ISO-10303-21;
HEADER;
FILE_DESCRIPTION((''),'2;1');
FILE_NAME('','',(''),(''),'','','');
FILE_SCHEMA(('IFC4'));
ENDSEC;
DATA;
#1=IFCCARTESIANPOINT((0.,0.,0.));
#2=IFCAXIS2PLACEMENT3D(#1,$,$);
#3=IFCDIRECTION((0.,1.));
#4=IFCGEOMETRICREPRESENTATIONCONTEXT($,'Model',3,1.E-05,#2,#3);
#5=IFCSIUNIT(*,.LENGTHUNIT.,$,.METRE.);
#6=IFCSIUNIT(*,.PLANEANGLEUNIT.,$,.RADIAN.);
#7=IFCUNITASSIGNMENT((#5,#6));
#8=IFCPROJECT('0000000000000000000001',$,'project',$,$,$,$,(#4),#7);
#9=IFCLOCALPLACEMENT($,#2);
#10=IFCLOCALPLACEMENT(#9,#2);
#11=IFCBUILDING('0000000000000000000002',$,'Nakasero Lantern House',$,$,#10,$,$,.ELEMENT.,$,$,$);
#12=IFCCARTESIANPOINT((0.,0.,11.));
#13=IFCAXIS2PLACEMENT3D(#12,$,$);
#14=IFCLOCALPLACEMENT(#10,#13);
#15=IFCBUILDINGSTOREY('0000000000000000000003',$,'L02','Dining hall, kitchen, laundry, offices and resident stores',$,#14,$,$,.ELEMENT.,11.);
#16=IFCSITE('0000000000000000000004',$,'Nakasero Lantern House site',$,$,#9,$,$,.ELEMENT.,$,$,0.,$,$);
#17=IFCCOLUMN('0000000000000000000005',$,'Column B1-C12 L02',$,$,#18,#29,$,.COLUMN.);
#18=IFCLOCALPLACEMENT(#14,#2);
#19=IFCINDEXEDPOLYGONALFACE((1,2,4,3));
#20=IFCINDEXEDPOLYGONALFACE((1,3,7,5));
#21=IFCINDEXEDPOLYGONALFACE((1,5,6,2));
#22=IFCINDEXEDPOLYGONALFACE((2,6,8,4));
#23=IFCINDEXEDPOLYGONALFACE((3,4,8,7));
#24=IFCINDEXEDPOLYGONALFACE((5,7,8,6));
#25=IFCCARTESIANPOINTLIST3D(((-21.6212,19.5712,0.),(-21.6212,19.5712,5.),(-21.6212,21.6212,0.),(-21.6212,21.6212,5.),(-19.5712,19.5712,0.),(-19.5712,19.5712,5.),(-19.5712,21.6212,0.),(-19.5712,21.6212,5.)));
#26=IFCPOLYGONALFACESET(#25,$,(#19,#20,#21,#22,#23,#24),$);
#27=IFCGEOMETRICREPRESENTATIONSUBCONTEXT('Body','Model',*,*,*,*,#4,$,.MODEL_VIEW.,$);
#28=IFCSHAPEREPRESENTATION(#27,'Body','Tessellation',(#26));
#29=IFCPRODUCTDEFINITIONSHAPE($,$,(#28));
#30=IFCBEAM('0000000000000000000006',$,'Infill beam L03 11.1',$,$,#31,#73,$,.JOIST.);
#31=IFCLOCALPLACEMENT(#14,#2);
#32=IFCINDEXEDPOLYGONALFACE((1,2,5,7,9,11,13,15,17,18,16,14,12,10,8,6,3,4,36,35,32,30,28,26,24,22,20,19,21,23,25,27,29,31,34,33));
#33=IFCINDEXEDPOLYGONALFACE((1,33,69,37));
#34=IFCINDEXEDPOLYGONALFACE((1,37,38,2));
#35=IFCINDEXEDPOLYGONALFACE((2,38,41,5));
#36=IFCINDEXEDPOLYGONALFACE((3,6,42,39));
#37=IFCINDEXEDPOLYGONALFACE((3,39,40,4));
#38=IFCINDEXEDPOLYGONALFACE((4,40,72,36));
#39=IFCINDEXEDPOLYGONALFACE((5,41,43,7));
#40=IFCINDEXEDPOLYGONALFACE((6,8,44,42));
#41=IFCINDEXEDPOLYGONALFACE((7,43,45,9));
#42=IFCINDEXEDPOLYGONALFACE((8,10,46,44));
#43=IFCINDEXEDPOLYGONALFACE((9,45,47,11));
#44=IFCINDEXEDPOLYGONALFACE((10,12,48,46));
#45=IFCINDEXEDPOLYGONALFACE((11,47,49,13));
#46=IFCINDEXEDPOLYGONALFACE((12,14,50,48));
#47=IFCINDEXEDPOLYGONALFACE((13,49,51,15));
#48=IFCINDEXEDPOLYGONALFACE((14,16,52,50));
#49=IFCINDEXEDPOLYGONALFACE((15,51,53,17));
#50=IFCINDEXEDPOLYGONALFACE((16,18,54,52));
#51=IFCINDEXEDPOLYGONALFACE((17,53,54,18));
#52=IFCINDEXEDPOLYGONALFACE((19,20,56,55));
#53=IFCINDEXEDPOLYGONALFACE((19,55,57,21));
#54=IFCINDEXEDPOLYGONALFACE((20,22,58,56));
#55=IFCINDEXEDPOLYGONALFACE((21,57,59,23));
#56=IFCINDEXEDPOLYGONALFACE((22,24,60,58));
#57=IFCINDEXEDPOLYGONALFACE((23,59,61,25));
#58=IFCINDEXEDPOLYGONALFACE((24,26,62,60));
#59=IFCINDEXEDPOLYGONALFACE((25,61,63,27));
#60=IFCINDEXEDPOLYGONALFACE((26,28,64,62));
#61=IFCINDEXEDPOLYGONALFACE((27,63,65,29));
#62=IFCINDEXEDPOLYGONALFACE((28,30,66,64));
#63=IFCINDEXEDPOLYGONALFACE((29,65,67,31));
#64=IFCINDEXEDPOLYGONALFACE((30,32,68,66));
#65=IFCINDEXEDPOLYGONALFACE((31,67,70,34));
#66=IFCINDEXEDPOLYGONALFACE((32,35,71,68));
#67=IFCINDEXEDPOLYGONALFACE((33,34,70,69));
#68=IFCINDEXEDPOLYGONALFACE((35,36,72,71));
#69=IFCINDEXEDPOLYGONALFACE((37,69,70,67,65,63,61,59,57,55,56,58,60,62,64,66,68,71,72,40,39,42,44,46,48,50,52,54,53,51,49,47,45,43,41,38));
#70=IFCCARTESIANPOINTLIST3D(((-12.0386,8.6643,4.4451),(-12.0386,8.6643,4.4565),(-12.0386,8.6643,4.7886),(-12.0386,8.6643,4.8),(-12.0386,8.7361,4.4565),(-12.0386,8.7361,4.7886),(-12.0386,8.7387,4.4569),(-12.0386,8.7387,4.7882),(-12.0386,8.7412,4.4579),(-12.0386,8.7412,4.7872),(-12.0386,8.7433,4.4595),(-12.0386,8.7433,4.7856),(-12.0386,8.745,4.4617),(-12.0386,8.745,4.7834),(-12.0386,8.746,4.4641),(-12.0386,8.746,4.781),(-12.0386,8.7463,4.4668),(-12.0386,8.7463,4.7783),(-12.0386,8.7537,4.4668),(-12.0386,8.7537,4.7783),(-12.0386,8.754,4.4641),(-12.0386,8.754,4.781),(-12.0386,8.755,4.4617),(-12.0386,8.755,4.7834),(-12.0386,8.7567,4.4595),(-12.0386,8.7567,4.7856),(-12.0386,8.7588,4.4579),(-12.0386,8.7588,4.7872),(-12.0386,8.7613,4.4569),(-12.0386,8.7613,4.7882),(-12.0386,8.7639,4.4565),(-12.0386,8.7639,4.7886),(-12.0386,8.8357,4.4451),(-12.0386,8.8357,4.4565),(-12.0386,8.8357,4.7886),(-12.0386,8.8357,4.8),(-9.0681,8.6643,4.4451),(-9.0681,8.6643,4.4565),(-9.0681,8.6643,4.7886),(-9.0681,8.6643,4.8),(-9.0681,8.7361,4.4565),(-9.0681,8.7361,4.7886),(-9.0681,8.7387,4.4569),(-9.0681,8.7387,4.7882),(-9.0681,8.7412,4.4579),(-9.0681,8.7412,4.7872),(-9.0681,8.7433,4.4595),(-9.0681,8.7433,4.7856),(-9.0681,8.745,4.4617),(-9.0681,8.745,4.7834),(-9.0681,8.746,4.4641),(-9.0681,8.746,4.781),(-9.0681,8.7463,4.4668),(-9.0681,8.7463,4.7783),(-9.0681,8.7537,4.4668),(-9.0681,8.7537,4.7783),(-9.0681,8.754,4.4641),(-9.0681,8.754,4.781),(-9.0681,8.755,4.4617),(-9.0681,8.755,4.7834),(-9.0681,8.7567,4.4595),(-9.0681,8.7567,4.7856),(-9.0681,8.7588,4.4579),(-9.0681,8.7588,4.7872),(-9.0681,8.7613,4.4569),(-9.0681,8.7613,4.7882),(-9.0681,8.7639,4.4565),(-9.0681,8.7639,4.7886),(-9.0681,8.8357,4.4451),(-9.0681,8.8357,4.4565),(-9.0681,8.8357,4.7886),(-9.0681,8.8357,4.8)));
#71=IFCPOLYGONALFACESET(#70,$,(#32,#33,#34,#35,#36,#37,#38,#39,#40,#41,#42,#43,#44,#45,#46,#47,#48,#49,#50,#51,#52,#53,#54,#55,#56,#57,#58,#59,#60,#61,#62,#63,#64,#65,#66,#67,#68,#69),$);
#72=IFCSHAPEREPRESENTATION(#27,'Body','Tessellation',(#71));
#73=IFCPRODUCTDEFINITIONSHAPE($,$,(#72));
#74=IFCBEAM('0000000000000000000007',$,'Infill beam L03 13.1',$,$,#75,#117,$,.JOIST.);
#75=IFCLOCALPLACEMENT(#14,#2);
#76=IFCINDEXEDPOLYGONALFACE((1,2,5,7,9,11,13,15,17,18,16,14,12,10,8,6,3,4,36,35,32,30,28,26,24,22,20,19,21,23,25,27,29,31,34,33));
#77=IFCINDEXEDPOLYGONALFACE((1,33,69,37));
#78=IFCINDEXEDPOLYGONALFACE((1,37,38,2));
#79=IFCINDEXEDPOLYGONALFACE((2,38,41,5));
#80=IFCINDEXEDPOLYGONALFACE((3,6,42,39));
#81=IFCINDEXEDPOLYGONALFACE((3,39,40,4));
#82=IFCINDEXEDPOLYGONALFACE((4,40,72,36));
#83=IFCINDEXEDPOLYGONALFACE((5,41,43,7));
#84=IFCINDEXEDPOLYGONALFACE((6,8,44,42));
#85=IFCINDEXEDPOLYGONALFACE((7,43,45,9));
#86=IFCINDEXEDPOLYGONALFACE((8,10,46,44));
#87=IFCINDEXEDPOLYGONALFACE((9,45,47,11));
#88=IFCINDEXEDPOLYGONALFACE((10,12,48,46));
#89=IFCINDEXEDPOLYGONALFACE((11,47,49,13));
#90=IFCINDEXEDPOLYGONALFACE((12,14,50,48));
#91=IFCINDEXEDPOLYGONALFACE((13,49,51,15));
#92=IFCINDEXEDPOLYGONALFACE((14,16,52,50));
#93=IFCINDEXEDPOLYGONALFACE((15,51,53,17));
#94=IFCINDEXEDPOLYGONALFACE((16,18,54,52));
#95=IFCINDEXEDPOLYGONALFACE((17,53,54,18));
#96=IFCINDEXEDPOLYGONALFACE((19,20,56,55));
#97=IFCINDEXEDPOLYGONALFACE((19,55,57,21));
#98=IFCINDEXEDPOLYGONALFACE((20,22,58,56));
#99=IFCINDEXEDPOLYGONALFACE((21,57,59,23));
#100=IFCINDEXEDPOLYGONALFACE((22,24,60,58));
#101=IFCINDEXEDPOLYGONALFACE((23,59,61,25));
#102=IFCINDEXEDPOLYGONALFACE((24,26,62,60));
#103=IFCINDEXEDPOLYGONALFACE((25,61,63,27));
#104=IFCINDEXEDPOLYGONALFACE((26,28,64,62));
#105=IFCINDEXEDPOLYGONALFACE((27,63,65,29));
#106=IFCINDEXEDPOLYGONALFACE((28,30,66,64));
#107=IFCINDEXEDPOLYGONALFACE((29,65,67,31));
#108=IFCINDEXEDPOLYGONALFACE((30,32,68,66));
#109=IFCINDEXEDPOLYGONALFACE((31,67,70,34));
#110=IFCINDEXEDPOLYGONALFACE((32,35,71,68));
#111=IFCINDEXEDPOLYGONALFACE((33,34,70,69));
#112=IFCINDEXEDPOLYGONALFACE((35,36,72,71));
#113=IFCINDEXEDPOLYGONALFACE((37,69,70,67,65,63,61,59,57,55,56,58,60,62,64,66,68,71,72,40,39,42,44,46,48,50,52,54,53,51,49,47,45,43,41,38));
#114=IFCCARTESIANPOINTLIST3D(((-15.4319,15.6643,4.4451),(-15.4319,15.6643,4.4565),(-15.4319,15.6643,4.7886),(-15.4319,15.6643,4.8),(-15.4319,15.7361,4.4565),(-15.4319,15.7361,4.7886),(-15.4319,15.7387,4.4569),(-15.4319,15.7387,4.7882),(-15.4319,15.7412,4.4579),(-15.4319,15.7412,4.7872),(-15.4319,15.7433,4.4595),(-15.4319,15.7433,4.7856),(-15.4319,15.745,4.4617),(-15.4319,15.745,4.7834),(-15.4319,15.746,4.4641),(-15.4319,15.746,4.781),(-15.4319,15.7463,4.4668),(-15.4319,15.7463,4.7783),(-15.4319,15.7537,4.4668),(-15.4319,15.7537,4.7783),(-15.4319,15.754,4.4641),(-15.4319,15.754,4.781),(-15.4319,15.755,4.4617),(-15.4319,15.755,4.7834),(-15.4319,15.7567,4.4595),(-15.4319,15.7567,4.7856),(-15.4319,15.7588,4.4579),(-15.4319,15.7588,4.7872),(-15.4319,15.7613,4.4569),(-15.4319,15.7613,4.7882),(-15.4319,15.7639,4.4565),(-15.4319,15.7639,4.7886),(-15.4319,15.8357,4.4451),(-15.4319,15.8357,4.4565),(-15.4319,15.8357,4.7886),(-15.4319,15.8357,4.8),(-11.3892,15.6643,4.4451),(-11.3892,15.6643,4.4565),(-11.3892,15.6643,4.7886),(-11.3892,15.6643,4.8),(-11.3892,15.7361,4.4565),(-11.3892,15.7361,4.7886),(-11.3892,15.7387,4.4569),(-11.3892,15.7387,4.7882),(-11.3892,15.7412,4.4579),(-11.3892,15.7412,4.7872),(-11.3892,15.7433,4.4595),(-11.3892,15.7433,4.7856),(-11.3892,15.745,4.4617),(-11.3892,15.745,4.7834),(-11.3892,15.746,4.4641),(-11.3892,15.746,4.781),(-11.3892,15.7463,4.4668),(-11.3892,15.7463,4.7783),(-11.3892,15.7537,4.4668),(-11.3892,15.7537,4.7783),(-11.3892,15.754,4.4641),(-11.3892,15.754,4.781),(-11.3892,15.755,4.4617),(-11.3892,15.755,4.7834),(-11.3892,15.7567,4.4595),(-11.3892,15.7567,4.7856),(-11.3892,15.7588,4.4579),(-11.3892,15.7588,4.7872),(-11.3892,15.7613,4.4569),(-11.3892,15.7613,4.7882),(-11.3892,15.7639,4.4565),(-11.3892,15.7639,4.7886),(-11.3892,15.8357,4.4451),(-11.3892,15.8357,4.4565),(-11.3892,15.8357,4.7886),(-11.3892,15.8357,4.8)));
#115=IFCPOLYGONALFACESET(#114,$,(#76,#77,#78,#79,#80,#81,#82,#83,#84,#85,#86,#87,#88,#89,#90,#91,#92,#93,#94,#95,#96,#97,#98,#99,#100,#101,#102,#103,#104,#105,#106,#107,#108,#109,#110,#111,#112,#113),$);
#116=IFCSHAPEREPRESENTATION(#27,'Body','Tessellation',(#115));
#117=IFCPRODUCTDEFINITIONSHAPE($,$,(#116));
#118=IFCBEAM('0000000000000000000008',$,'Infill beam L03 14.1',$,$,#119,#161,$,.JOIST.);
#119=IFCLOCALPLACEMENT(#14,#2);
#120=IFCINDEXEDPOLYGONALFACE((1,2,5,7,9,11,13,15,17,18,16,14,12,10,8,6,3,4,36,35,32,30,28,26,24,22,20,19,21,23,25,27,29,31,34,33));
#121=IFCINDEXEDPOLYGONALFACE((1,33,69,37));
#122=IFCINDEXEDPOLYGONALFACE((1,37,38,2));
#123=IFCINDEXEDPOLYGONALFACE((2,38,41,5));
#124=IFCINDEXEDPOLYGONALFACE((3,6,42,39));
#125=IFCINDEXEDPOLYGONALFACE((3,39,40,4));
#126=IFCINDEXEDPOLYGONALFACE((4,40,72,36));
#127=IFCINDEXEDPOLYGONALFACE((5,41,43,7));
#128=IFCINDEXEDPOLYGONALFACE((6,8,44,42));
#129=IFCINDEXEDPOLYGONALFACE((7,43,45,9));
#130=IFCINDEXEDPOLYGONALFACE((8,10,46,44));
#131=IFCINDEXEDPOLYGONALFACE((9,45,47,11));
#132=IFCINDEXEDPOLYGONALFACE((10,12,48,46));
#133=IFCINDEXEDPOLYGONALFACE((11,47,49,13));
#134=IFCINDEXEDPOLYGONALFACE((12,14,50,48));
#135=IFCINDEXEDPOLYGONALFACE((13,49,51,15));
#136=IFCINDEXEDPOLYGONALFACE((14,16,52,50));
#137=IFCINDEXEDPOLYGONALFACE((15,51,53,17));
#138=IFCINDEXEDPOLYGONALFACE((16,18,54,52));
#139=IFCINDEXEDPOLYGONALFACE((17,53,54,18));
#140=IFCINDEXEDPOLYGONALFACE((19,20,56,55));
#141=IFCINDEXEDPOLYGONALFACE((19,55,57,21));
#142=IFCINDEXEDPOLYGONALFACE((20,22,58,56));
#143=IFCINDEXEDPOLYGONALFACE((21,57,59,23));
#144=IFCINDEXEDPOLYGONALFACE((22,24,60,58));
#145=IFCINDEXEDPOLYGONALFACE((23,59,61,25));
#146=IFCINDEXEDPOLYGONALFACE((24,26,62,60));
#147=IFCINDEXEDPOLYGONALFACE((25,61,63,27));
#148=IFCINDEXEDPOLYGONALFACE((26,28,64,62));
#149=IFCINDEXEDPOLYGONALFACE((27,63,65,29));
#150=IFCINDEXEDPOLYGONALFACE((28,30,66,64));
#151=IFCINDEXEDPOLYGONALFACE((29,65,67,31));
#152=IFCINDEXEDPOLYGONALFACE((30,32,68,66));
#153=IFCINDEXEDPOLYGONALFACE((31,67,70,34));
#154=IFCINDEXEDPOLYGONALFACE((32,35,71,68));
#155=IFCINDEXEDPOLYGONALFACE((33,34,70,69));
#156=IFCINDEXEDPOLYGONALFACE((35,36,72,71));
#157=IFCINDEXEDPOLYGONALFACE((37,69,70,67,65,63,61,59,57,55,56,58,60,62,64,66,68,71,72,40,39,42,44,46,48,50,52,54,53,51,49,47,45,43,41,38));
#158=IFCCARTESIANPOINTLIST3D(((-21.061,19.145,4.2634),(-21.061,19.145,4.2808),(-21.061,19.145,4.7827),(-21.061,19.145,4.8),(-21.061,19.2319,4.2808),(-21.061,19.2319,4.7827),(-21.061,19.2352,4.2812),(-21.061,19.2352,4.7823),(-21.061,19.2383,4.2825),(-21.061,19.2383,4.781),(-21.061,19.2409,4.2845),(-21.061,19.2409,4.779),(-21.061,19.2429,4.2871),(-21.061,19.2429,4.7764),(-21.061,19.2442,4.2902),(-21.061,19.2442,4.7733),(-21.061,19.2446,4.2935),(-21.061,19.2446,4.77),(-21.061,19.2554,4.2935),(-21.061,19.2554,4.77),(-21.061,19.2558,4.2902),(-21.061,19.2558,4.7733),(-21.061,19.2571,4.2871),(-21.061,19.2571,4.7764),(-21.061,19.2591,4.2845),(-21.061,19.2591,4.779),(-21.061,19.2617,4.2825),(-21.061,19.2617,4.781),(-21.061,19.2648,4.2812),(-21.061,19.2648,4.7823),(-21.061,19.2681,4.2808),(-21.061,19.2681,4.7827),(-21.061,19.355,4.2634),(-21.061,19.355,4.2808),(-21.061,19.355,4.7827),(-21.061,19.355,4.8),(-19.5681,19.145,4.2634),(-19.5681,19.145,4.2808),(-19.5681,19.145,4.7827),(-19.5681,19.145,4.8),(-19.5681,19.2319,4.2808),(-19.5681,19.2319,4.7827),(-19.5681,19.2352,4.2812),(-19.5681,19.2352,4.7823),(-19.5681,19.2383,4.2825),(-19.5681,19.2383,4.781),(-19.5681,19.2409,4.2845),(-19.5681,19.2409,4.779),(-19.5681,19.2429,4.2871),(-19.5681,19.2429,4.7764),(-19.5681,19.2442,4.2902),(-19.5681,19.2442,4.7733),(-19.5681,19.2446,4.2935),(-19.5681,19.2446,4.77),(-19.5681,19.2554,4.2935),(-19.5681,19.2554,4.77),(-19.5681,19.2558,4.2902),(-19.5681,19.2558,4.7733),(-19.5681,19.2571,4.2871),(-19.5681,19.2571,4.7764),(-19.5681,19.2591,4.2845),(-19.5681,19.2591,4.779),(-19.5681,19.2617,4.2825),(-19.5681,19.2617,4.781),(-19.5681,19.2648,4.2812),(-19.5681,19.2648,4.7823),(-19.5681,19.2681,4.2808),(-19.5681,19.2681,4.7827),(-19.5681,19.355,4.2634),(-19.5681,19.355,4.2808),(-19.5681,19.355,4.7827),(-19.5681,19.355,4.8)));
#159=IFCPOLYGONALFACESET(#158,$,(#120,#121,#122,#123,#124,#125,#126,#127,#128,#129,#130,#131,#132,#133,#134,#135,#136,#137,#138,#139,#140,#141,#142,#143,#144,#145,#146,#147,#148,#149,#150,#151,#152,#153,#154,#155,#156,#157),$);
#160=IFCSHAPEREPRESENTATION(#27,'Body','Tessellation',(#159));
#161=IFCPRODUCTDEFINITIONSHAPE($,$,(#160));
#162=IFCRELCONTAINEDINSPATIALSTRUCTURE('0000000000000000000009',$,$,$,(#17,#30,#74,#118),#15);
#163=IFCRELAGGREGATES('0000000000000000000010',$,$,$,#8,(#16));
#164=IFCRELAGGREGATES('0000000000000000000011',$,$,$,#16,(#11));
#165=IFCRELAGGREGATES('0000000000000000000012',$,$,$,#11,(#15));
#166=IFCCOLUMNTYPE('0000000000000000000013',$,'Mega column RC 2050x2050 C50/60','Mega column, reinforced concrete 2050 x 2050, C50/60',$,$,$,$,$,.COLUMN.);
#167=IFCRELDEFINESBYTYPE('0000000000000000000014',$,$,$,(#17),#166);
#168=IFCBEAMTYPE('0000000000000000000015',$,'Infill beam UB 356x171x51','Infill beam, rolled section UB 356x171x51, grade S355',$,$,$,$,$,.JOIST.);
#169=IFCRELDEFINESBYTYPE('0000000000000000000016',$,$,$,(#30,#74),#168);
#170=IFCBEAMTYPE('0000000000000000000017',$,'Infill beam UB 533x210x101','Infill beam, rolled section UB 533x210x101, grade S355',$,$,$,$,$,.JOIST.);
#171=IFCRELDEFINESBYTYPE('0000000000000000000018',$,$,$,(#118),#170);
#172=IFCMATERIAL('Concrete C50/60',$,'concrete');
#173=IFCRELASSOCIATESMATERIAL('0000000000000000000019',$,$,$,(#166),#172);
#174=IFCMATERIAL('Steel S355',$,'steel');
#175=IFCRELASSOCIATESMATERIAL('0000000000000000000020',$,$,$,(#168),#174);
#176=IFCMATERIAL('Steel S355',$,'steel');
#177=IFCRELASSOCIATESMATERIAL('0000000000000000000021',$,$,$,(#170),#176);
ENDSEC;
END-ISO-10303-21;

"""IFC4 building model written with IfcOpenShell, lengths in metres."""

from ifc_helpers import new_model, si_unit, direction, frame, origin, origin_2d, place, context, subcontext, project, spatial, rectangle, i_section, extrude, material, material_profile, profile_set, type_object, element, save


model = new_model("IFC4")

# Units and contexts
model_context = context("Model", 3, precision=1e-05, world=origin(), true_north=direction((0.0, 1.0)))
body_context = subcontext(model_context, "Body", "Model", "MODEL_VIEW")
ifc_project = project(units=[si_unit("LENGTHUNIT", "METRE"), si_unit("PLANEANGLEUNIT", "RADIAN")], contexts=[model_context])

# Site, building, storey
site_placement = place(None, origin())
site = spatial("IfcSite", under=ifc_project, at=site_placement, Name="Nakasero Lantern House site", CompositionType="ELEMENT", RefElevation=0.0)
building_placement = place(site_placement, origin())
building = spatial("IfcBuilding", under=site, at=building_placement, Name="Nakasero Lantern House", CompositionType="ELEMENT")
storey_placement = place(building_placement, frame((0.0, 0.0, 11.0)))
storey = spatial("IfcBuildingStorey", under=building, at=storey_placement, Name="L02", Description="Dining hall, kitchen, laundry, offices and resident stores", CompositionType="ELEMENT", Elevation=11.0)

# Column
ifc_material_1 = material(Name="Concrete C50/60", Category="concrete")
ifc_material_profile_1 = material_profile(ifc_material_1, rectangle(XDim=2.05, YDim=2.05, at=origin_2d()), Name="RC 2050x2050")
ifc_profile_set_1 = profile_set([ifc_material_profile_1], Name="Concrete C50/60")
column_type = type_object("IfcColumnType", Name="Mega column RC 2050x2050 C50/60", Description="Mega column, reinforced concrete 2050 x 2050, C50/60", PredefinedType="COLUMN", material=ifc_profile_set_1)
column_placement = place(storey_placement, frame((-20.5962, 20.5962, 0.0), z_axis=(0.0, 0.0, 1.0), x_axis=(1.0, 0.0, 0.0)))
element("IfcColumn", 1, at=column_placement, inside=storey, type_object=column_type, Name="Column B1-C12 L02", PredefinedType="COLUMN", context=body_context, shape_type="SweptSolid", body=[
    extrude(rectangle(XDim=2.05, YDim=2.05, at=origin_2d()), origin(), (0.0, 0.0, 1.0), 5.0),
])

# Beams
ifc_material_2 = material(Name="Steel S355", Category="steel")
ifc_material_profile_2 = material_profile(ifc_material_2, i_section(OverallWidth=0.1714, OverallDepth=0.355, WebThickness=0.0073, FlangeThickness=0.0115, FilletRadius=0.0103, at=origin_2d()), Name="UB 356x171x51")
ifc_profile_set_2 = profile_set([ifc_material_profile_2], Name="Steel S355")
beam_type_1 = type_object("IfcBeamType", Name="Infill beam UB 356x171x51", Description="Infill beam, rolled section UB 356x171x51, grade S355", PredefinedType="JOIST", material=ifc_profile_set_2)
beam_1_placement = place(storey_placement, frame((-12.0386, 8.75, 4.6226), z_axis=(1.0, 0.0, 0.0), x_axis=(0.0, 1.0, 0.0)))
element("IfcBeam", 2, at=beam_1_placement, inside=storey, type_object=beam_type_1, Name="Infill beam L03 11.1", PredefinedType="JOIST", context=body_context, shape_type="SweptSolid", body=[
    extrude(i_section(OverallWidth=0.1714, OverallDepth=0.355, WebThickness=0.0073, FlangeThickness=0.0115, FilletRadius=0.0103, at=origin_2d()), origin(), (0.0, 0.0, 1.0), 2.9705),
])
beam_2_placement = place(storey_placement, frame((-15.4319, 15.75, 4.6226), z_axis=(1.0, 0.0, 0.0), x_axis=(0.0, 1.0, 0.0)))
element("IfcBeam", 3, at=beam_2_placement, inside=storey, type_object=beam_type_1, Name="Infill beam L03 13.1", PredefinedType="JOIST", context=body_context, shape_type="SweptSolid", body=[
    extrude(i_section(OverallWidth=0.1714, OverallDepth=0.355, WebThickness=0.0073, FlangeThickness=0.0115, FilletRadius=0.0103, at=origin_2d()), origin(), (0.0, 0.0, 1.0), 4.0427),
])
ifc_material_3 = material(Name="Steel S355", Category="steel")
ifc_material_profile_3 = material_profile(ifc_material_3, i_section(OverallWidth=0.21, OverallDepth=0.5366, WebThickness=0.0107, FlangeThickness=0.0173, FilletRadius=0.0127, at=origin_2d()), Name="UB 533x210x101")
ifc_profile_set_3 = profile_set([ifc_material_profile_3], Name="Steel S355")
beam_type_2 = type_object("IfcBeamType", Name="Infill beam UB 533x210x101", Description="Infill beam, rolled section UB 533x210x101, grade S355", PredefinedType="JOIST", material=ifc_profile_set_3)
beam_3_placement = place(storey_placement, frame((-21.061, 19.25, 4.5317), z_axis=(1.0, 0.0, 0.0), x_axis=(0.0, 1.0, 0.0)))
element("IfcBeam", 4, at=beam_3_placement, inside=storey, type_object=beam_type_2, Name="Infill beam L03 14.1", PredefinedType="JOIST", context=body_context, shape_type="SweptSolid", body=[
    extrude(i_section(OverallWidth=0.21, OverallDepth=0.5366, WebThickness=0.0107, FlangeThickness=0.0173, FilletRadius=0.0127, at=origin_2d()), origin(), (0.0, 0.0, 1.0), 1.4929),
])

save(model, "model.ifc")
